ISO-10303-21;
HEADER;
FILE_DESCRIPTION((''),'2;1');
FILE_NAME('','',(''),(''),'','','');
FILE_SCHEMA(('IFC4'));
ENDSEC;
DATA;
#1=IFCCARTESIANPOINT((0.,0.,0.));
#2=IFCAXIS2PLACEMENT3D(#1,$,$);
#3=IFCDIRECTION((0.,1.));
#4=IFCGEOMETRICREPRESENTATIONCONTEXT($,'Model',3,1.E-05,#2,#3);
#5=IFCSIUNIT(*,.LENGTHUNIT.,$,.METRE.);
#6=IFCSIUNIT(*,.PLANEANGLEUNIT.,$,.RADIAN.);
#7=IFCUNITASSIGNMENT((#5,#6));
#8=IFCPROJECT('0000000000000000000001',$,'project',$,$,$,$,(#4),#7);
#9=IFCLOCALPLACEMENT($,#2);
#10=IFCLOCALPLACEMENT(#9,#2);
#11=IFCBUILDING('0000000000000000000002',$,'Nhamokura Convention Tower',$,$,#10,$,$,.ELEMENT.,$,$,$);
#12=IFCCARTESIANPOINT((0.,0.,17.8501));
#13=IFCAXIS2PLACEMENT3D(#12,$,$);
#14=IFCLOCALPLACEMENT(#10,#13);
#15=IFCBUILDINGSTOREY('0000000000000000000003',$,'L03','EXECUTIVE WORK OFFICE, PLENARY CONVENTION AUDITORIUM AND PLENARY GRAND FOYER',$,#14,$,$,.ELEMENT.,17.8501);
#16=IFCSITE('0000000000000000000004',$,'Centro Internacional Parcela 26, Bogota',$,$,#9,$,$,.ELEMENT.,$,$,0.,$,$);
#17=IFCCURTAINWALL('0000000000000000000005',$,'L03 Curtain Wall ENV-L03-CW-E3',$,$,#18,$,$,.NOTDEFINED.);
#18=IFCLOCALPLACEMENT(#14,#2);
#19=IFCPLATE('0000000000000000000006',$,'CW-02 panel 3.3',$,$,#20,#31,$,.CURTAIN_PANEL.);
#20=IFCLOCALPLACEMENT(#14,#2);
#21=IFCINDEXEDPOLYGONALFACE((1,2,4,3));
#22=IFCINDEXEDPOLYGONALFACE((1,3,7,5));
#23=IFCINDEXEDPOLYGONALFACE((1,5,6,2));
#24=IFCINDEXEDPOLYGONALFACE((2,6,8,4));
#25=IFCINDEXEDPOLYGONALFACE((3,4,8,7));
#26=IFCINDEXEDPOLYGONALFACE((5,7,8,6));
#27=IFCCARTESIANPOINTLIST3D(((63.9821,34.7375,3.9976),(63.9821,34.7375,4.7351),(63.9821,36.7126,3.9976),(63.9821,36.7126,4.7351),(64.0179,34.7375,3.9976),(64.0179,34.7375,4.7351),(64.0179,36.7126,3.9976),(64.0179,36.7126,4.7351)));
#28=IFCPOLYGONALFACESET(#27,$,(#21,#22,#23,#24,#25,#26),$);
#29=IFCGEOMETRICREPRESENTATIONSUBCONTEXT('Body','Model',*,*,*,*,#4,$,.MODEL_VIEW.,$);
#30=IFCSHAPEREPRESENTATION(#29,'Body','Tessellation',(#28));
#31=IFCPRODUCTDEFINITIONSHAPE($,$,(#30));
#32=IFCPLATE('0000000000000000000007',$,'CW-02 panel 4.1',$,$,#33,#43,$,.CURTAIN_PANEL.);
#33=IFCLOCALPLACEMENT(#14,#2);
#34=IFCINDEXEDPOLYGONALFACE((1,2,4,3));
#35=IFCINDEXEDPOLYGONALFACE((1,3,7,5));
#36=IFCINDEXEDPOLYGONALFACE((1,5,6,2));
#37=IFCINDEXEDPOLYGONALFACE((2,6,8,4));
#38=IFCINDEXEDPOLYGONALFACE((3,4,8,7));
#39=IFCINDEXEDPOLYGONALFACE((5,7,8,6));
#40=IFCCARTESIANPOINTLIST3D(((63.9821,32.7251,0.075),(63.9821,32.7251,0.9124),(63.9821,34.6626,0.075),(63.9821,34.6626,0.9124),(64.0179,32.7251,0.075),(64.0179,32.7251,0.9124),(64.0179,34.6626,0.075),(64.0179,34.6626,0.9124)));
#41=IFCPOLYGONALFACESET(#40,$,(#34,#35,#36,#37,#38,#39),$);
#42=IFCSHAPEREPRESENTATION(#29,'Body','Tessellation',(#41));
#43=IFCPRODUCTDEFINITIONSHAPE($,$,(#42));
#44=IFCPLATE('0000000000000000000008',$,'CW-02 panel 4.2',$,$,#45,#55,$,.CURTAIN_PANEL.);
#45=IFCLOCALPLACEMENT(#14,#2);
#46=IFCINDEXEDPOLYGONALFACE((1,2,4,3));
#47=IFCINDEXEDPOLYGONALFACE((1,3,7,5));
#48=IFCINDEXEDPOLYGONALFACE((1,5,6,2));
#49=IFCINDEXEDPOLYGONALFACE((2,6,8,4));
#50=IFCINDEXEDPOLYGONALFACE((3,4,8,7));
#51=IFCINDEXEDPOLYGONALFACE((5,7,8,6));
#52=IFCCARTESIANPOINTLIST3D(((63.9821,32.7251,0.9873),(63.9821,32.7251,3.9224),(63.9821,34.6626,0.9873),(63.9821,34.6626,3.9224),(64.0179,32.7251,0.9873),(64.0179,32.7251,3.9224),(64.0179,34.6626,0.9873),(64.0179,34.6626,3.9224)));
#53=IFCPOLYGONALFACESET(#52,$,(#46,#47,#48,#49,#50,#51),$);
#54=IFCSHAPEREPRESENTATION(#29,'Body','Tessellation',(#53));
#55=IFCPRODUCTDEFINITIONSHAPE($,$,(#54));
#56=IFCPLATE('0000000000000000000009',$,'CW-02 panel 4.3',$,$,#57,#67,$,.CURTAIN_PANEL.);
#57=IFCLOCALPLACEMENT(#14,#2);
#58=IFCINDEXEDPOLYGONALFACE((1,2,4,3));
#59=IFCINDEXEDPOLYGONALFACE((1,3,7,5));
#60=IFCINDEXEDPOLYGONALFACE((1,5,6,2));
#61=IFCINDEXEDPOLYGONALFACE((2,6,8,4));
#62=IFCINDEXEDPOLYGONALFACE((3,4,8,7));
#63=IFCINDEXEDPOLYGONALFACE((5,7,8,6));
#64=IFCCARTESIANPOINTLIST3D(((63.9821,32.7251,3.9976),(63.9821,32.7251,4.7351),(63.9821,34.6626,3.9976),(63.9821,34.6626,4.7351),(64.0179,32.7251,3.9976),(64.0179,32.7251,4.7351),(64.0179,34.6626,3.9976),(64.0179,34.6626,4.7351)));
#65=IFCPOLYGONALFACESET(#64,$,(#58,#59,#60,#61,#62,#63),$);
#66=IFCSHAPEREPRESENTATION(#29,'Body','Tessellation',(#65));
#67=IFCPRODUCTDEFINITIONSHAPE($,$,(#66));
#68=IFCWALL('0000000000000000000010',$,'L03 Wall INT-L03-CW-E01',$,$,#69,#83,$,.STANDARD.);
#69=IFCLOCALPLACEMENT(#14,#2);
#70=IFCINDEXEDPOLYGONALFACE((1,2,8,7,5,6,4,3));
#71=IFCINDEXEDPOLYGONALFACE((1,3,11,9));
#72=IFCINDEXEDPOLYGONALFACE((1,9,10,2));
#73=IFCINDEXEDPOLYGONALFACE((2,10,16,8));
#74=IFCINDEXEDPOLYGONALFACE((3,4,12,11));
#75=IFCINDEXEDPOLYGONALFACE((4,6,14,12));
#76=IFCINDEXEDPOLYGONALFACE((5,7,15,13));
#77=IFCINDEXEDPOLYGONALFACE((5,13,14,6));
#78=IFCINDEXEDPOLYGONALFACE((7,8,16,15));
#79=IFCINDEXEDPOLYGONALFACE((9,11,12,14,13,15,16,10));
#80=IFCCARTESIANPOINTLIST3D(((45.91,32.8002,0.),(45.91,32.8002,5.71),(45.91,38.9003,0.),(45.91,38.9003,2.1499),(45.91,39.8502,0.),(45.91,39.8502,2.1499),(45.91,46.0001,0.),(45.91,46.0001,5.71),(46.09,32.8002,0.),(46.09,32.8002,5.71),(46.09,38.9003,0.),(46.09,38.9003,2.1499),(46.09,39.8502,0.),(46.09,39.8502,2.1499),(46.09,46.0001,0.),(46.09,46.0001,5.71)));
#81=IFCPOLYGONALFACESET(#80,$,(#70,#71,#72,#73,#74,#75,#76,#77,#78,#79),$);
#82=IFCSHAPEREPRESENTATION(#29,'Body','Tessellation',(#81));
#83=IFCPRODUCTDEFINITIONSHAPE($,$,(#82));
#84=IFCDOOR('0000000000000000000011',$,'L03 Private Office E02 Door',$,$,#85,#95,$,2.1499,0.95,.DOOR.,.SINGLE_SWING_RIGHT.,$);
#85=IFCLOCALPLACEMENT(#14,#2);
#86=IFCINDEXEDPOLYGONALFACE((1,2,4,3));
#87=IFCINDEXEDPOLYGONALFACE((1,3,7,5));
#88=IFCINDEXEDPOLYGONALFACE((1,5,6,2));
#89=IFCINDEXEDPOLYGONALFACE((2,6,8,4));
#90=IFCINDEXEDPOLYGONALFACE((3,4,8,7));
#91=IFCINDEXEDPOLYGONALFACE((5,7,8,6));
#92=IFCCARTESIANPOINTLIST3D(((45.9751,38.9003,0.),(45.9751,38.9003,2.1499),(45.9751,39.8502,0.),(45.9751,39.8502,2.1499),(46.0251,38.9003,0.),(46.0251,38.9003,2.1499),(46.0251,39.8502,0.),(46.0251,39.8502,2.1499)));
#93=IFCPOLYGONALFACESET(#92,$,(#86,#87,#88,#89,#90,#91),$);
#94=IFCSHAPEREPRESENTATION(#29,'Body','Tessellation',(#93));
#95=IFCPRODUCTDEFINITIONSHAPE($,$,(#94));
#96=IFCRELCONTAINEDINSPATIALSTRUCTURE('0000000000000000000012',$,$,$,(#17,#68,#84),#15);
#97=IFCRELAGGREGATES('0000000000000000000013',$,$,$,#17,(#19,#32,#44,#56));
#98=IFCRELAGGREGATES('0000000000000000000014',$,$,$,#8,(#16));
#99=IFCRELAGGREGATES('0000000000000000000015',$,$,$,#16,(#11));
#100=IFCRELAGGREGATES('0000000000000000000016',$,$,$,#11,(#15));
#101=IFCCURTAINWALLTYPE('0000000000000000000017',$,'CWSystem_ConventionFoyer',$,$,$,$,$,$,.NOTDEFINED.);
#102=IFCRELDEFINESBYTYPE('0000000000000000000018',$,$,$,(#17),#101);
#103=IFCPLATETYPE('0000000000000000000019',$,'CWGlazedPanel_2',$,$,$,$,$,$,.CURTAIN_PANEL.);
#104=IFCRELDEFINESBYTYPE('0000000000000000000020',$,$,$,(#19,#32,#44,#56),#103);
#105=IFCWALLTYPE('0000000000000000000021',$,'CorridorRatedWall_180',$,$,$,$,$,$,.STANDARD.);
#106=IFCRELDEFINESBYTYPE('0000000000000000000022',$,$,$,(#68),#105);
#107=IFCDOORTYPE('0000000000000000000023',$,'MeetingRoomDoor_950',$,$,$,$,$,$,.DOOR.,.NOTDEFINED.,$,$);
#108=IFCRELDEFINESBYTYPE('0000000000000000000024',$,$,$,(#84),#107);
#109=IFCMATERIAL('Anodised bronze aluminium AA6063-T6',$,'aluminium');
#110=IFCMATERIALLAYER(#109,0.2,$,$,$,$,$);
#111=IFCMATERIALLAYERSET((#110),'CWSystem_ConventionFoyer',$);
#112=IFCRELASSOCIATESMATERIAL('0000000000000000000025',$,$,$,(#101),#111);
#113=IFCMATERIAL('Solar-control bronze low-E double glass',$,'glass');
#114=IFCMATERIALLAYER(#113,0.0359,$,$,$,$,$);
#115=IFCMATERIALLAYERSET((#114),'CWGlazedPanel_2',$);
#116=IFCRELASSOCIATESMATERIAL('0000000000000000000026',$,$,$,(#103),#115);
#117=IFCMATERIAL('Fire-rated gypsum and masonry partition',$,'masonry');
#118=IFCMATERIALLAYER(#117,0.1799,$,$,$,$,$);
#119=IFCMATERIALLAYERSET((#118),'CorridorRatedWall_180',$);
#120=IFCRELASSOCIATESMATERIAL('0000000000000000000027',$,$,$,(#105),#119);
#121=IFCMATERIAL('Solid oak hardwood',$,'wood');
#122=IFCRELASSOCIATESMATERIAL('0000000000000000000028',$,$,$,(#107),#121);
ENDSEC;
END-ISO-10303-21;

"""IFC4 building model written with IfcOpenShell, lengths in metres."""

from ifc_helpers import new_model, si_unit, direction, frame, frame_2d, origin, origin_2d, place, context, subcontext, project, spatial, rectangle, extrude, material, layer, layer_set, type_object, element, fill, aggregate, save


model = new_model("IFC4")

# Units and contexts
model_context = context("Model", 3, precision=1e-05, world=origin(), true_north=direction((0.0, 1.0)))
body_context = subcontext(model_context, "Body", "Model", "MODEL_VIEW")
ifc_project = project(units=[si_unit("LENGTHUNIT", "METRE"), si_unit("PLANEANGLEUNIT", "RADIAN")], contexts=[model_context])

# Site, building, storey
site_placement = place(None, origin())
site = spatial("IfcSite", under=ifc_project, at=site_placement, Name="Centro Internacional Parcela 26, Bogota", CompositionType="ELEMENT", RefElevation=0.0)
building_placement = place(site_placement, origin())
building = spatial("IfcBuilding", under=site, at=building_placement, Name="Nhamokura Convention Tower", CompositionType="ELEMENT")
storey_placement = place(building_placement, frame((0.0, 0.0, 17.8501)))
storey = spatial("IfcBuildingStorey", under=building, at=storey_placement, Name="L03", Description="EXECUTIVE WORK OFFICE, PLENARY CONVENTION AUDITORIUM AND PLENARY GRAND FOYER", CompositionType="ELEMENT", Elevation=17.8501)

# Curtain wall
ifc_material_1 = material(Name="Anodised bronze aluminium AA6063-T6", Category="aluminium")
ifc_layer_1 = layer(ifc_material_1, 0.2)
ifc_layer_set_1 = layer_set([ifc_layer_1], Name="CWSystem_ConventionFoyer")
curtain_wall_type = type_object("IfcCurtainWallType", Name="CWSystem_ConventionFoyer", PredefinedType="NOTDEFINED", material=ifc_layer_set_1)
curtain_wall_placement = place(storey_placement, origin())
curtain_wall = element("IfcCurtainWall", 1, at=curtain_wall_placement, inside=storey, type_object=curtain_wall_type, Name="L03 Curtain Wall ENV-L03-CW-E3", PredefinedType="NOTDEFINED")

# Plates
ifc_material_2 = material(Name="Solar-control bronze low-E double glass", Category="glass")
ifc_layer_2 = layer(ifc_material_2, 0.0359)
ifc_layer_set_2 = layer_set([ifc_layer_2], Name="CWGlazedPanel_2")
plate_type = type_object("IfcPlateType", Name="CWGlazedPanel_2", PredefinedType="CURTAIN_PANEL", material=ifc_layer_set_2)
plate_1_placement = place(storey_placement, frame((64.0, 35.7251, 3.9976), z_axis=(0.0, 0.0, 1.0), x_axis=(0.0, -1.0, 0.0)))
plate_1 = element("IfcPlate", 2, at=plate_1_placement, type_object=plate_type, Name="CW-02 panel 3.3", PredefinedType="CURTAIN_PANEL", context=body_context, shape_type="SweptSolid", body=[
    extrude(rectangle(XDim=1.9751, YDim=0.0359, at=origin_2d()), origin(), (0.0, 0.0, 1.0), 0.7375),
])
plate_2_placement = place(storey_placement, frame((64.0, 33.6938, 0.075), z_axis=(0.0, 0.0, 1.0), x_axis=(0.0, -1.0, 0.0)))
plate_2 = element("IfcPlate", 3, at=plate_2_placement, type_object=plate_type, Name="CW-02 panel 4.1", PredefinedType="CURTAIN_PANEL", context=body_context, shape_type="SweptSolid", body=[
    extrude(rectangle(XDim=1.9375, YDim=0.0359, at=origin_2d()), origin(), (0.0, 0.0, 1.0), 0.8374),
])
plate_3_placement = place(storey_placement, frame((64.0, 33.6938, 0.9873), z_axis=(0.0, 0.0, 1.0), x_axis=(0.0, -1.0, 0.0)))
plate_3 = element("IfcPlate", 4, at=plate_3_placement, type_object=plate_type, Name="CW-02 panel 4.2", PredefinedType="CURTAIN_PANEL", context=body_context, shape_type="SweptSolid", body=[
    extrude(rectangle(XDim=1.9375, YDim=0.0359, at=origin_2d()), origin(), (0.0, 0.0, 1.0), 2.9351),
])
plate_4_placement = place(storey_placement, frame((64.0, 33.6938, 3.9976), z_axis=(0.0, 0.0, 1.0), x_axis=(0.0, -1.0, 0.0)))
plate_4 = element("IfcPlate", 5, at=plate_4_placement, type_object=plate_type, Name="CW-02 panel 4.3", PredefinedType="CURTAIN_PANEL", context=body_context, shape_type="SweptSolid", body=[
    extrude(rectangle(XDim=1.9375, YDim=0.0359, at=origin_2d()), origin(), (0.0, 0.0, 1.0), 0.7375),
])
aggregate(curtain_wall, [plate_1, plate_2, plate_3, plate_4])

# Wall, opening, door
ifc_material_3 = material(Name="Fire-rated gypsum and masonry partition", Category="masonry")
ifc_layer_3 = layer(ifc_material_3, 0.1799)
ifc_layer_set_3 = layer_set([ifc_layer_3], Name="CorridorRatedWall_180")
wall_type = type_object("IfcWallType", Name="CorridorRatedWall_180", PredefinedType="STANDARD", material=ifc_layer_set_3)
wall_placement = place(storey_placement, frame((46.0, 32.8, 0.0), z_axis=(0.0, 0.0, 1.0), x_axis=(0.0, 1.0, 0.0)))
wall = element("IfcWall", 6, at=wall_placement, inside=storey, type_object=wall_type, Name="L03 Wall INT-L03-CW-E01", PredefinedType="STANDARD", context=body_context, shape_type="SweptSolid", body=[
    extrude(rectangle(XDim=13.2, YDim=0.1799, at=frame_2d((6.6001, 0.0))), origin(), (0.0, 0.0, 1.0), 5.71),
])
opening_placement = place(wall_placement, frame((6.1001, 0.0, 0.0)))
opening = element("IfcOpeningElement", 7, at=opening_placement, cuts=wall, PredefinedType="OPENING", context=body_context, shape_type="SweptSolid", body=[
    extrude(rectangle(XDim=0.95, YDim=2.1499, at=frame_2d((0.4751, 1.075))), frame((0.0, 0.0999, 0.0), z_axis=(0.0, -1.0, 0.0), x_axis=(1.0, 0.0, 0.0)), (0.0, 0.0, 1.0), 0.2),
])
ifc_material_4 = material(Name="Solid oak hardwood", Category="wood")
door_type = type_object("IfcDoorType", Name="MeetingRoomDoor_950", OperationType="NOTDEFINED", PredefinedType="DOOR", material=ifc_material_4)
door_placement = place(opening_placement, origin())
door = element("IfcDoor", 8, at=door_placement, inside=storey, type_object=door_type, Name="L03 Private Office E02 Door", OperationType="SINGLE_SWING_RIGHT", OverallHeight=2.1499, OverallWidth=0.95, PredefinedType="DOOR", context=body_context, shape_type="SweptSolid", body=[
    extrude(rectangle(XDim=0.95, YDim=2.1499, at=frame_2d((0.4751, 1.075))), frame((0.0, 0.0249, 0.0), z_axis=(0.0, -1.0, 0.0), x_axis=(1.0, 0.0, 0.0)), (0.0, 0.0, 1.0), 0.05),
])
fill(opening, door)

save(model, "model.ifc")
